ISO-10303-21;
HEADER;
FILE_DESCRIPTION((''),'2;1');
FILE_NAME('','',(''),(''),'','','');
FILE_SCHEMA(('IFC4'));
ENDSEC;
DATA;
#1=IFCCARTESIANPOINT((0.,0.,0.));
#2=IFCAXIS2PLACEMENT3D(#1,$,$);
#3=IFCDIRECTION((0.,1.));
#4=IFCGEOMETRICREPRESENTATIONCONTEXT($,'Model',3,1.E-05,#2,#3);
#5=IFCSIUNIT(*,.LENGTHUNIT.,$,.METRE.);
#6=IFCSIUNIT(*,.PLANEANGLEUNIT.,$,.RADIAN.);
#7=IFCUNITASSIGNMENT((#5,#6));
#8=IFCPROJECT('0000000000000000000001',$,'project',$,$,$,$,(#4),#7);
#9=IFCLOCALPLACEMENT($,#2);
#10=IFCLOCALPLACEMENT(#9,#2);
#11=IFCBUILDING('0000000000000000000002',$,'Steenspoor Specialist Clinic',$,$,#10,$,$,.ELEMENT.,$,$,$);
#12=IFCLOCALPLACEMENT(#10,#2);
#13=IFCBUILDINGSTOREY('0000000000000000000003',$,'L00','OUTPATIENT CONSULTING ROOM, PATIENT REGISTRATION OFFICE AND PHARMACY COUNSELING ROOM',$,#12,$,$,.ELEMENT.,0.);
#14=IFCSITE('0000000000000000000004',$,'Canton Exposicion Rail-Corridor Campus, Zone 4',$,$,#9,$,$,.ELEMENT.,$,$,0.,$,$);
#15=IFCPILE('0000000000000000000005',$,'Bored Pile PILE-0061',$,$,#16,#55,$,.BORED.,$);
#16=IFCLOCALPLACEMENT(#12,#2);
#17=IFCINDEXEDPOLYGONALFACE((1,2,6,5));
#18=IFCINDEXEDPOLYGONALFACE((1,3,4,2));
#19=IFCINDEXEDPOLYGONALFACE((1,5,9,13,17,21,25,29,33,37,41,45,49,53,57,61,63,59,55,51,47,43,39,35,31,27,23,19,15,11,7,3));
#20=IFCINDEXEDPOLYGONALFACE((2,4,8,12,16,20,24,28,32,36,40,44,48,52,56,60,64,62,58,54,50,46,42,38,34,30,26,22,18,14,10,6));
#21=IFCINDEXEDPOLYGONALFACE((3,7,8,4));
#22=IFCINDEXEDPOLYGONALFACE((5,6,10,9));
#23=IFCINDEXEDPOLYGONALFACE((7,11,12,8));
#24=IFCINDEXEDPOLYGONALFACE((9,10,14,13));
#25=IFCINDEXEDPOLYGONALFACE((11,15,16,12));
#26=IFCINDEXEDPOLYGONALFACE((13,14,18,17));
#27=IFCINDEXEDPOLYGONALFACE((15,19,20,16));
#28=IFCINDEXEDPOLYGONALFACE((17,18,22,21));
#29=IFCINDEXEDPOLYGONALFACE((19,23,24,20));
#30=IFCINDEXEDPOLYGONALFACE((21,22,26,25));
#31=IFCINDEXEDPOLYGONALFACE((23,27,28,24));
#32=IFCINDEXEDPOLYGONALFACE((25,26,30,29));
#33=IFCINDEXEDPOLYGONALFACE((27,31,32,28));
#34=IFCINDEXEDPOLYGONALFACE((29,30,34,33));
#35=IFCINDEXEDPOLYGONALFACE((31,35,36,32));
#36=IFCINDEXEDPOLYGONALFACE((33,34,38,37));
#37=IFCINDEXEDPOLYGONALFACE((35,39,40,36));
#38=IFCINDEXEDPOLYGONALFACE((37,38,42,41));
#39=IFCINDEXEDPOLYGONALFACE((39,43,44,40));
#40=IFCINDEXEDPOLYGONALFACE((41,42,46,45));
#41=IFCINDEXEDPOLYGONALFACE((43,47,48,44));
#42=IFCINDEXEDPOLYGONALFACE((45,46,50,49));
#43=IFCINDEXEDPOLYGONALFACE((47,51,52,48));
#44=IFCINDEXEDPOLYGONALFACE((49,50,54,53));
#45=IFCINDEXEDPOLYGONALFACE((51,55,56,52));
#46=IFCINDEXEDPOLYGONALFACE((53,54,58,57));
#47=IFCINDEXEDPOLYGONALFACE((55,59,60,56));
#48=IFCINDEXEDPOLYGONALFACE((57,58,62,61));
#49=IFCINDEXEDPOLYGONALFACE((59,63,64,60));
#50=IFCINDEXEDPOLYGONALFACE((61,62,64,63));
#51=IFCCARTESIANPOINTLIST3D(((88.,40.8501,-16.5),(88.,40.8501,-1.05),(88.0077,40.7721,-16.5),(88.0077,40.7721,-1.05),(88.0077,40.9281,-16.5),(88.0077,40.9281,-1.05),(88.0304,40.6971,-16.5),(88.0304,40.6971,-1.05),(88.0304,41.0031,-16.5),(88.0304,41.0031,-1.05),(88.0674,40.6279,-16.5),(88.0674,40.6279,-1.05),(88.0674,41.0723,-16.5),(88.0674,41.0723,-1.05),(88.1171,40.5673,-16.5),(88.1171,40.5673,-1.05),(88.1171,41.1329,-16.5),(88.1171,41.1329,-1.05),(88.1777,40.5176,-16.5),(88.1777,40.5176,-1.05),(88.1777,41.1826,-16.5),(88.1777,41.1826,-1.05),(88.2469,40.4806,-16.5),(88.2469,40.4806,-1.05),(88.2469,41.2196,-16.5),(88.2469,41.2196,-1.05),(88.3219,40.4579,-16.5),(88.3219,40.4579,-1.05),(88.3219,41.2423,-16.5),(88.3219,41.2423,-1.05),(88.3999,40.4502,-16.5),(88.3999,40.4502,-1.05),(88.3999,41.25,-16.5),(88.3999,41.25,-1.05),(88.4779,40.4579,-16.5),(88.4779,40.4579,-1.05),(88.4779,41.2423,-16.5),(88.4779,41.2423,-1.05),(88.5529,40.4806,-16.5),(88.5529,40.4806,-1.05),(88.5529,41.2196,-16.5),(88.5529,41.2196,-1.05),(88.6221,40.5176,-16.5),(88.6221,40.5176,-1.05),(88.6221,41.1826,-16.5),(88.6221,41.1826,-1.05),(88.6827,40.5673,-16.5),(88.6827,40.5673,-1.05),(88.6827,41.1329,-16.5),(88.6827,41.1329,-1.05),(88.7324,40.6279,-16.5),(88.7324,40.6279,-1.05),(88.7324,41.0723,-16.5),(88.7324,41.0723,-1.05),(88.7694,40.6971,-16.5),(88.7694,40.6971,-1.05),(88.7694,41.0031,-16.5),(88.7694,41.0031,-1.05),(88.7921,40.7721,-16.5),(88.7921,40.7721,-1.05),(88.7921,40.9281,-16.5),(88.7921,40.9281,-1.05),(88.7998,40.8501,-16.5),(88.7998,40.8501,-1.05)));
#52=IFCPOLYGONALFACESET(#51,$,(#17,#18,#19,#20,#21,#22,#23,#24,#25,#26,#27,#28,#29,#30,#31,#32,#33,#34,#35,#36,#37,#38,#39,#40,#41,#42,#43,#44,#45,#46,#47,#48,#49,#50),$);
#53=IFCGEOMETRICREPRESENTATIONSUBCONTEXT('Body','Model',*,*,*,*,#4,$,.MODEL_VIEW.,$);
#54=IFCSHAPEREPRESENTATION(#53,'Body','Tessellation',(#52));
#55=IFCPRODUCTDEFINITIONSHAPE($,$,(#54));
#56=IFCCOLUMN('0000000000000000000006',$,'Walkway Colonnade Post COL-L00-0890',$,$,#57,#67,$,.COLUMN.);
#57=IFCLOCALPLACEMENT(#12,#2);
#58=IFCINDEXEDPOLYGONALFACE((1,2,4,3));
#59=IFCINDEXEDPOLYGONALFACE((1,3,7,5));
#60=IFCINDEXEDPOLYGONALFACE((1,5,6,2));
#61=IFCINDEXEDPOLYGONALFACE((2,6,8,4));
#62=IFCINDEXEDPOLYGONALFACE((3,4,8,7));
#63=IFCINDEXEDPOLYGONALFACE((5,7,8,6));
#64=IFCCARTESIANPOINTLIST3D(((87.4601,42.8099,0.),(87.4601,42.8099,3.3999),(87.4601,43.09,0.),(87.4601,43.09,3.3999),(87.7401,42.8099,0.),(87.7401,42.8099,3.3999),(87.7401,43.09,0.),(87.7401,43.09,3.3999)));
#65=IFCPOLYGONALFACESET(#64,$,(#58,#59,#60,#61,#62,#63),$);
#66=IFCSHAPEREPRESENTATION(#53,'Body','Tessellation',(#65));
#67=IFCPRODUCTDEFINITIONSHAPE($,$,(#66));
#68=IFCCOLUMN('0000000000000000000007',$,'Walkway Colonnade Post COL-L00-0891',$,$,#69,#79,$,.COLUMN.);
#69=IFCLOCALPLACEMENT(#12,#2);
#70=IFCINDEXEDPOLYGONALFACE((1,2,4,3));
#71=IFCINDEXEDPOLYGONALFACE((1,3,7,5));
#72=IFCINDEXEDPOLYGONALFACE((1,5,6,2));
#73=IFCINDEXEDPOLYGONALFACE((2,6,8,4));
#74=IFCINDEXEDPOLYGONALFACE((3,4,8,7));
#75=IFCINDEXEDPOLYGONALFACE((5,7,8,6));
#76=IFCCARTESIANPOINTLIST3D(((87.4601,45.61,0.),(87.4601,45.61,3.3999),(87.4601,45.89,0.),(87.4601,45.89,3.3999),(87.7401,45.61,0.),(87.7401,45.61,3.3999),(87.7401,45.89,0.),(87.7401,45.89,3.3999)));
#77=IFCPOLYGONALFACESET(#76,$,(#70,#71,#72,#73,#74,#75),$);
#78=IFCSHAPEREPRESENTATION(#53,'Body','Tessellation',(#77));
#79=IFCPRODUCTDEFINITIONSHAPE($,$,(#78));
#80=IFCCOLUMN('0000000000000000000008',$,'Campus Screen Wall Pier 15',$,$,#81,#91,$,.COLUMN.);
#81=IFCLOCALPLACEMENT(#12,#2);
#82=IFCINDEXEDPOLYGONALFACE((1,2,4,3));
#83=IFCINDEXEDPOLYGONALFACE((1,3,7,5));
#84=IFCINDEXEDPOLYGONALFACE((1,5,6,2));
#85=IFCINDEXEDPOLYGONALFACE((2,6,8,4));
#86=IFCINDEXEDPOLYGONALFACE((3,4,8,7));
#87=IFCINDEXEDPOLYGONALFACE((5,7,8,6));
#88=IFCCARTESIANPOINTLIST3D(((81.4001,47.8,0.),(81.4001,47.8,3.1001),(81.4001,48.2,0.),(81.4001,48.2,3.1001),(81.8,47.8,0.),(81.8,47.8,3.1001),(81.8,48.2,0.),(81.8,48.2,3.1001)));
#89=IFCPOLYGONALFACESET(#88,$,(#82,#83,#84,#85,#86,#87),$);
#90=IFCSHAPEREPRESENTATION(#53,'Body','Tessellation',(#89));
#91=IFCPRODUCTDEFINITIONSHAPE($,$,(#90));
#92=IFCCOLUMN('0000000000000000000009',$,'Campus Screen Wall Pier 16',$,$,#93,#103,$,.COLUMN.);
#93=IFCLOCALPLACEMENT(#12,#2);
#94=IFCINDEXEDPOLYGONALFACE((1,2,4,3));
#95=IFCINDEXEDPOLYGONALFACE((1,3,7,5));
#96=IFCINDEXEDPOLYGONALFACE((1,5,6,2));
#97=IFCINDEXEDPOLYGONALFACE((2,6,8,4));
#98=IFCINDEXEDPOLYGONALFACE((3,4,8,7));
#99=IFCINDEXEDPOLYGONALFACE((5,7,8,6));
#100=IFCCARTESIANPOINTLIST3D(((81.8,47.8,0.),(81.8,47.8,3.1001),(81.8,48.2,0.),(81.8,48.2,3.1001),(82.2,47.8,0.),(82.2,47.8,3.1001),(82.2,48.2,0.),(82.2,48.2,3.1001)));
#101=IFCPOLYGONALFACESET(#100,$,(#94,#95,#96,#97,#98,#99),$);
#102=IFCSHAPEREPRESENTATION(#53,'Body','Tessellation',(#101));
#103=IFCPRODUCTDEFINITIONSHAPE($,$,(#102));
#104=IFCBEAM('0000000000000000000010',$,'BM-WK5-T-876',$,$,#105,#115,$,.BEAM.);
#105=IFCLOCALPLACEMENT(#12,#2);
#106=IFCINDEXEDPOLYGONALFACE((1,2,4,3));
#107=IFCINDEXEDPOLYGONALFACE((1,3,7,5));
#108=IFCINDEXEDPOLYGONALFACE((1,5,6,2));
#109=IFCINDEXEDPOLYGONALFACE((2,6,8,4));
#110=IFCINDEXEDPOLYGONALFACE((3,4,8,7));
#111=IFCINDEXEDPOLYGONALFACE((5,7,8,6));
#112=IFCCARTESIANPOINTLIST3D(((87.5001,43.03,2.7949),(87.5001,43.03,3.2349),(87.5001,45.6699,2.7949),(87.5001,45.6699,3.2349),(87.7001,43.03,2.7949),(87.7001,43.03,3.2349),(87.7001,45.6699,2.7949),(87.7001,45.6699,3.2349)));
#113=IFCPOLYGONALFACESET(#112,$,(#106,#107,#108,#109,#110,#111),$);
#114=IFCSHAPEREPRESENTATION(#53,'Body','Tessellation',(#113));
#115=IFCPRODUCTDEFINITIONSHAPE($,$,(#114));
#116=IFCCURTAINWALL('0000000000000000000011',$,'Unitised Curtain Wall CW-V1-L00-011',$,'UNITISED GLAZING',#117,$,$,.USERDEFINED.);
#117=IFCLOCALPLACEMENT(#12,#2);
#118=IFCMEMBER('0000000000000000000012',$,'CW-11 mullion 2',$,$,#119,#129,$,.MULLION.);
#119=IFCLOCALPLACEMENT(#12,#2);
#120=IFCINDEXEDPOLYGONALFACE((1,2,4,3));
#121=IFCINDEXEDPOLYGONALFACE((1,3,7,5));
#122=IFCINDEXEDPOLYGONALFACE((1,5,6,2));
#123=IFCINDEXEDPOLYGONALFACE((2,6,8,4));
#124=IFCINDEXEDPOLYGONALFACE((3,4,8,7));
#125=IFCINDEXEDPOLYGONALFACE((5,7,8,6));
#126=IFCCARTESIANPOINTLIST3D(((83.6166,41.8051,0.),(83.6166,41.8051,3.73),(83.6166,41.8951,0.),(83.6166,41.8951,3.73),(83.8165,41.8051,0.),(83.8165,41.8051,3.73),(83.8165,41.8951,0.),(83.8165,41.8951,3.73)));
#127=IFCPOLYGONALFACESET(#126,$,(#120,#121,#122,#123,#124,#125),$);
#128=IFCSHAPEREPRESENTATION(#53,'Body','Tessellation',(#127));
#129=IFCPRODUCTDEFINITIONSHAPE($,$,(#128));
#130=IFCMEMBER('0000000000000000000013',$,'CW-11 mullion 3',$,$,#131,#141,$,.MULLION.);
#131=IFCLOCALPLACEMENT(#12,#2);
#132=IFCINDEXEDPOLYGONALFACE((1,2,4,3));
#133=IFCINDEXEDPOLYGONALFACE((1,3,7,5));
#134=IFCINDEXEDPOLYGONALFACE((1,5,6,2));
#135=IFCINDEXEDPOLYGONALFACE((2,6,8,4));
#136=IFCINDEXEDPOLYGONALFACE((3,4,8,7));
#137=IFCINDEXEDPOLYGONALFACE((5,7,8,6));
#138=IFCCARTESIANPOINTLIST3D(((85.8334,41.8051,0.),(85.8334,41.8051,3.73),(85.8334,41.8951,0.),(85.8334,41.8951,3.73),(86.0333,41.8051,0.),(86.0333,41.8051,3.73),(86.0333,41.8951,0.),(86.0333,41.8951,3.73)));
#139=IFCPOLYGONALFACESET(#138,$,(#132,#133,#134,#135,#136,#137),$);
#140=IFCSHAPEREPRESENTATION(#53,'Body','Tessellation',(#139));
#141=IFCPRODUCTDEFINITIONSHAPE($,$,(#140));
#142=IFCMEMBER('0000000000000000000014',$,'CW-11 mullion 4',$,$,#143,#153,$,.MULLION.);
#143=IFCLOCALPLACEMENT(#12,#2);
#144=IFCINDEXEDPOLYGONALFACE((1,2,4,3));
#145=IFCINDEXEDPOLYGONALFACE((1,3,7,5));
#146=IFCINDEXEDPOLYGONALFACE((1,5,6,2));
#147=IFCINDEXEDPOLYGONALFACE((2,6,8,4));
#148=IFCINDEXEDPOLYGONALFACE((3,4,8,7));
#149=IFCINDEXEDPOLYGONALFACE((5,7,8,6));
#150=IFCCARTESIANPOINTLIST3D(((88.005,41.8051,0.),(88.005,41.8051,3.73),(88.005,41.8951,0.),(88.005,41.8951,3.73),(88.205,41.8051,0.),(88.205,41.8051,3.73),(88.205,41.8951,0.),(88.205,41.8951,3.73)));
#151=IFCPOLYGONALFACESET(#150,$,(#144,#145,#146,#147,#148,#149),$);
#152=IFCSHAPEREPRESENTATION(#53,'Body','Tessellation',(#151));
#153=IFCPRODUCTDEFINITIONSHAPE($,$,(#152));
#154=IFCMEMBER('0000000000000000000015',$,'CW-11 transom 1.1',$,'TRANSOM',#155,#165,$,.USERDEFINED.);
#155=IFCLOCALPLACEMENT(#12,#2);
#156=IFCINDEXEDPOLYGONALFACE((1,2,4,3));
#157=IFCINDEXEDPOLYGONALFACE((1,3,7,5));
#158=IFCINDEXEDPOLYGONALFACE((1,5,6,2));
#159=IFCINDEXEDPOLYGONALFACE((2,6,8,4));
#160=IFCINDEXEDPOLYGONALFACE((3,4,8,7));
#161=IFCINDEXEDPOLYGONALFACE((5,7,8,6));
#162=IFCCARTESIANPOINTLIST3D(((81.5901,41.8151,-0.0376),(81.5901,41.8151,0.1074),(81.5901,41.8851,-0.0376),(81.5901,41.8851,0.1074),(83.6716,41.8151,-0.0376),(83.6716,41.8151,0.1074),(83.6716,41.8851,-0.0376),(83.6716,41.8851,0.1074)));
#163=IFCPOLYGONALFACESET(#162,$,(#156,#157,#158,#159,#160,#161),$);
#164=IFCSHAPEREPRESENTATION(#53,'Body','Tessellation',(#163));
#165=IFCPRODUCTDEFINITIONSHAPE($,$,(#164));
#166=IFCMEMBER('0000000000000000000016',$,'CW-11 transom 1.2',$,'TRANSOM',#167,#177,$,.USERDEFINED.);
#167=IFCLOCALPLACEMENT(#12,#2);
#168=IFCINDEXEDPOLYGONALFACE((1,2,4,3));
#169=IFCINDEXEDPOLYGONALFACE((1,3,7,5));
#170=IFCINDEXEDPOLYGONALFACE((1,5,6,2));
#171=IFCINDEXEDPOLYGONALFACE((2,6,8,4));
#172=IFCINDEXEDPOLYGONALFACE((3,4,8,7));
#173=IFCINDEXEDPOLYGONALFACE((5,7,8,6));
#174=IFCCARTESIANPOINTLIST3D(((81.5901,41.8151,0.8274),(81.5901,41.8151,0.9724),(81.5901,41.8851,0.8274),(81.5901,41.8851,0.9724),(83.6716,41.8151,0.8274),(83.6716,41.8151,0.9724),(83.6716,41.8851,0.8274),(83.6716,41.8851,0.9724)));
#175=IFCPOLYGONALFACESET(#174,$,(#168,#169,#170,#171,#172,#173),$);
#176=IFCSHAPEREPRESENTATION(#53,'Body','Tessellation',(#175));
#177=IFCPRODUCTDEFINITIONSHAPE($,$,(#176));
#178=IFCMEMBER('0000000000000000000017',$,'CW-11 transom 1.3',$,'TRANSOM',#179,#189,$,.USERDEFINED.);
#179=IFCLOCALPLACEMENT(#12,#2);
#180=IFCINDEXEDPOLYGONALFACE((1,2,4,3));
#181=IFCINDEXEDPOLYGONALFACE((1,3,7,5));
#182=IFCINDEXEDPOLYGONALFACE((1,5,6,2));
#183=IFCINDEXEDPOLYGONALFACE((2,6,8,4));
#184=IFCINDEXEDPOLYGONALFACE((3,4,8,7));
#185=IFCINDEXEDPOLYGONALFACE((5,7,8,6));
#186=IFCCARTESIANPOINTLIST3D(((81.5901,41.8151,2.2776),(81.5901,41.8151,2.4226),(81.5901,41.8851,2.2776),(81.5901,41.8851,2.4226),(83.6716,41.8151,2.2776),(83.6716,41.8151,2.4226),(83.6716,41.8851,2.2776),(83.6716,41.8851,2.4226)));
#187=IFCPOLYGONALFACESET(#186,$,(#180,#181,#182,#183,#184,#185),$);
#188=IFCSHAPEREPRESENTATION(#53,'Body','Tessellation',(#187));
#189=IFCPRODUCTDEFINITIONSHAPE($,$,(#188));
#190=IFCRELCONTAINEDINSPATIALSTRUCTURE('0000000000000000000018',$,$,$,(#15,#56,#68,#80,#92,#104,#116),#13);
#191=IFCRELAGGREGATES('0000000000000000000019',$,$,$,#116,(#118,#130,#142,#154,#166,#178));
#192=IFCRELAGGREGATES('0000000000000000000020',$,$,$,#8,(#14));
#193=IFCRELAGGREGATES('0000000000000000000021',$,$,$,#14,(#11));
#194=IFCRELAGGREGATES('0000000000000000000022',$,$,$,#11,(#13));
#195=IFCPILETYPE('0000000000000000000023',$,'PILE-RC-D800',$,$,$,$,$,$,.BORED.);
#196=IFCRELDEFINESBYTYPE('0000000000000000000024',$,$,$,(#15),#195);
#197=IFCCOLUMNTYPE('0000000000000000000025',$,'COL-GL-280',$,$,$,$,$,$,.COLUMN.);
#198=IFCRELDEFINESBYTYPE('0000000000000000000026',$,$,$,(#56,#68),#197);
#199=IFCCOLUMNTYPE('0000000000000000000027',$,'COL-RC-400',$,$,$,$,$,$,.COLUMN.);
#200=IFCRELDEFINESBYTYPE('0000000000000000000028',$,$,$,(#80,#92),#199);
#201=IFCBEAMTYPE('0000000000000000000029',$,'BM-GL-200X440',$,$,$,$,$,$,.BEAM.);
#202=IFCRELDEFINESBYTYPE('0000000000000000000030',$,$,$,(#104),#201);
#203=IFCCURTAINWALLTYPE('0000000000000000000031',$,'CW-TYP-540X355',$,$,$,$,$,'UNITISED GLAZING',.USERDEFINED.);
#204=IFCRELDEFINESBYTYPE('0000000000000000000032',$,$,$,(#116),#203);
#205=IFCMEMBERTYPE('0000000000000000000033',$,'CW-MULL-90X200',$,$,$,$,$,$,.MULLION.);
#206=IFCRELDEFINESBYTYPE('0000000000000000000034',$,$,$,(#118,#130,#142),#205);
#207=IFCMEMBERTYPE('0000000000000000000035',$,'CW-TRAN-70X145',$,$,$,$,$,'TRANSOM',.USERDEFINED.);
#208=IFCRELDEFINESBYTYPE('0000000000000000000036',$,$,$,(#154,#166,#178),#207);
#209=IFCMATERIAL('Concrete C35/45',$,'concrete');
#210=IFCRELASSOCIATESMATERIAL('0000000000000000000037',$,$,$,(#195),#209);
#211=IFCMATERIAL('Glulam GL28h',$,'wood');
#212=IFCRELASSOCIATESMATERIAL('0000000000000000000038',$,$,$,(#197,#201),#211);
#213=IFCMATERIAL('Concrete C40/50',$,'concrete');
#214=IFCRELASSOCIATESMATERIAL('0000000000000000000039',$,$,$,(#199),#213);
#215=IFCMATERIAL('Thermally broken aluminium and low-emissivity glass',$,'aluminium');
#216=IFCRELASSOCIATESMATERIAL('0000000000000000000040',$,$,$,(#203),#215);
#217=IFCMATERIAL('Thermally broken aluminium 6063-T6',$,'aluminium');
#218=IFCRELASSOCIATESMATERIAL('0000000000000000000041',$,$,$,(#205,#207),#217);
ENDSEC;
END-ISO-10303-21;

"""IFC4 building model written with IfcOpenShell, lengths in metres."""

from ifc_helpers import new_model, si_unit, direction, frame, origin, origin_2d, place, context, subcontext, project, spatial, rectangle, circle, extrude, material, material_profile, profile_set, type_object, element, aggregate, save


model = new_model("IFC4")

# Units and contexts
model_context = context("Model", 3, precision=1e-05, world=origin(), true_north=direction((0.0, 1.0)))
body_context = subcontext(model_context, "Body", "Model", "MODEL_VIEW")
ifc_project = project(units=[si_unit("LENGTHUNIT", "METRE"), si_unit("PLANEANGLEUNIT", "RADIAN")], contexts=[model_context])

# Site, building, storey
site_placement = place(None, origin())
site = spatial("IfcSite", under=ifc_project, at=site_placement, Name="Canton Exposicion Rail-Corridor Campus, Zone 4", CompositionType="ELEMENT", RefElevation=0.0)
building_placement = place(site_placement, origin())
building = spatial("IfcBuilding", under=site, at=building_placement, Name="Steenspoor Specialist Clinic", CompositionType="ELEMENT")
storey_placement = place(building_placement, origin())
storey = spatial("IfcBuildingStorey", under=building, at=storey_placement, Name="L00", Description="OUTPATIENT CONSULTING ROOM, PATIENT REGISTRATION OFFICE AND PHARMACY COUNSELING ROOM", CompositionType="ELEMENT", Elevation=0.0)

# Shared definitions
ifc_material_1 = material(Name="Concrete C35/45", Category="concrete")

# Pile
ifc_material_profile_1 = material_profile(ifc_material_1, circle(Radius=0.3999, at=origin_2d()), Name="PILE-D800")
ifc_profile_set_1 = profile_set([ifc_material_profile_1], Name="Concrete C35/45")
pile_type_1 = type_object("IfcPileType", Name="PILE-RC-D800", PredefinedType="BORED", material=ifc_profile_set_1)
pile_1_placement = place(storey_placement, frame((88.3999, 40.8501, -1.05), z_axis=(0.0, 0.0, -1.0), x_axis=(1.0, 0.0, 0.0)))
element("IfcPile", 1, at=pile_1_placement, inside=storey, type_object=pile_type_1, Name="Bored Pile PILE-0061", PredefinedType="BORED", context=body_context, shape_type="SweptSolid", body=[
    extrude(circle(Radius=0.3999, at=origin_2d()), origin(), (0.0, 0.0, 1.0), 15.45),
])

# Columns
ifc_material_2 = material(Name="Glulam GL28h", Category="wood")
ifc_material_profile_2 = material_profile(ifc_material_2, rectangle(XDim=0.28, YDim=0.28, at=origin_2d()), Name="GL28H-280X280")
ifc_profile_set_2 = profile_set([ifc_material_profile_2], Name="Glulam GL28h")
column_type_1 = type_object("IfcColumnType", Name="COL-GL-280", PredefinedType="COLUMN", material=ifc_profile_set_2)
for number, where, z_axis, x_axis, name in (
    (2, (87.6001, 42.95, 0.0), (0.0, 0.0, 1.0), (1.0, 0.0, 0.0), "Walkway Colonnade Post COL-L00-0890"),
    (3, (87.6001, 45.75, 0.0), (0.0, 0.0, 1.0), (1.0, 0.0, 0.0), "Walkway Colonnade Post COL-L00-0891"),
):
    element("IfcColumn", number, at=place(storey_placement, frame(where, z_axis=z_axis, x_axis=x_axis)), inside=storey, type_object=column_type_1, Name=name, PredefinedType="COLUMN", context=body_context, shape_type="SweptSolid", body=[
        extrude(rectangle(XDim=0.28, YDim=0.28, at=origin_2d()), origin(), (0.0, 0.0, 1.0), 3.3999),
    ])
ifc_material_3 = material(Name="Concrete C40/50", Category="concrete")
ifc_material_profile_3 = material_profile(ifc_material_3, rectangle(XDim=0.3999, YDim=0.3999, at=origin_2d()), Name="RC-COL-400X400")
ifc_profile_set_3 = profile_set([ifc_material_profile_3], Name="Concrete C40/50")
column_type_2 = type_object("IfcColumnType", Name="COL-RC-400", PredefinedType="COLUMN", material=ifc_profile_set_3)
for number, where, z_axis, x_axis, name in (
    (4, (81.6001, 48.0, 0.0), (0.0, 0.0, 1.0), (1.0, 0.0, 0.0), "Campus Screen Wall Pier 15"),
    (5, (82.0, 48.0, 0.0), (0.0, 0.0, 1.0), (1.0, 0.0, 0.0), "Campus Screen Wall Pier 16"),
):
    element("IfcColumn", number, at=place(storey_placement, frame(where, z_axis=z_axis, x_axis=x_axis)), inside=storey, type_object=column_type_2, Name=name, PredefinedType="COLUMN", context=body_context, shape_type="SweptSolid", body=[
        extrude(rectangle(XDim=0.3999, YDim=0.3999, at=origin_2d()), origin(), (0.0, 0.0, 1.0), 3.1001),
    ])

# Beam
ifc_material_profile_4 = material_profile(ifc_material_2, rectangle(XDim=0.2, YDim=0.4399, at=origin_2d()), Name="GL28H-200X440")
ifc_profile_set_4 = profile_set([ifc_material_profile_4], Name="Glulam GL28h")
beam_type = type_object("IfcBeamType", Name="BM-GL-200X440", PredefinedType="BEAM", material=ifc_profile_set_4)
beam_placement = place(storey_placement, frame((87.6001, 43.03, 3.0149), z_axis=(0.0, 1.0, 0.0), x_axis=(-1.0, 0.0, 0.0)))
element("IfcBeam", 6, at=beam_placement, inside=storey, type_object=beam_type, Name="BM-WK5-T-876", PredefinedType="BEAM", context=body_context, shape_type="SweptSolid", body=[
    extrude(rectangle(XDim=0.2, YDim=0.4399, at=origin_2d()), origin(), (0.0, 0.0, 1.0), 2.6399),
])

# Curtain wall, members
ifc_material_4 = material(Name="Thermally broken aluminium and low-emissivity glass", Category="aluminium")
curtain_wall_type = type_object("IfcCurtainWallType", Name="CW-TYP-540X355", ElementType="UNITISED GLAZING", PredefinedType="USERDEFINED", material=ifc_material_4)
curtain_wall_placement = place(storey_placement, origin())
curtain_wall = element("IfcCurtainWall", 7, at=curtain_wall_placement, inside=storey, type_object=curtain_wall_type, Name="Unitised Curtain Wall CW-V1-L00-011", ObjectType="UNITISED GLAZING", PredefinedType="USERDEFINED")
ifc_material_5 = material(Name="Thermally broken aluminium 6063-T6", Category="aluminium")
ifc_material_profile_5 = material_profile(ifc_material_5, rectangle(XDim=0.0901, YDim=0.2, at=origin_2d()), Name="CWM-90X200")
ifc_profile_set_5 = profile_set([ifc_material_profile_5], Name="Thermally broken aluminium 6063-T6")
member_type_1 = type_object("IfcMemberType", Name="CW-MULL-90X200", PredefinedType="MULLION", material=ifc_profile_set_5)
member_1_placement = place(storey_placement, frame((83.7166, 41.8501, 0.0), z_axis=(0.0, 0.0, 1.0), x_axis=(0.0, 1.0, 0.0)))
member_1 = element("IfcMember", 8, at=member_1_placement, type_object=member_type_1, Name="CW-11 mullion 2", PredefinedType="MULLION", context=body_context, shape_type="SweptSolid", body=[
    extrude(rectangle(XDim=0.0901, YDim=0.2, at=origin_2d()), origin(), (0.0, 0.0, 1.0), 3.73),
])
member_2_placement = place(storey_placement, frame((85.9333, 41.8501, 0.0), z_axis=(0.0, 0.0, 1.0), x_axis=(0.0, 1.0, 0.0)))
member_2 = element("IfcMember", 9, at=member_2_placement, type_object=member_type_1, Name="CW-11 mullion 3", PredefinedType="MULLION", context=body_context, shape_type="SweptSolid", body=[
    extrude(rectangle(XDim=0.0901, YDim=0.2, at=origin_2d()), origin(), (0.0, 0.0, 1.0), 3.73),
])
member_3_placement = place(storey_placement, frame((88.105, 41.8501, 0.0), z_axis=(0.0, 0.0, 1.0), x_axis=(0.0, 1.0, 0.0)))
member_3 = element("IfcMember", 10, at=member_3_placement, type_object=member_type_1, Name="CW-11 mullion 4", PredefinedType="MULLION", context=body_context, shape_type="SweptSolid", body=[
    extrude(rectangle(XDim=0.0901, YDim=0.2, at=origin_2d()), origin(), (0.0, 0.0, 1.0), 3.73),
])
ifc_material_profile_6 = material_profile(ifc_material_5, rectangle(XDim=0.0701, YDim=0.145, at=origin_2d()), Name="CWT-70X145")
ifc_profile_set_6 = profile_set([ifc_material_profile_6], Name="Thermally broken aluminium 6063-T6")
member_type_2 = type_object("IfcMemberType", Name="CW-TRAN-70X145", ElementType="TRANSOM", PredefinedType="USERDEFINED", material=ifc_profile_set_6)
member_4_placement = place(storey_placement, frame((81.5901, 41.8501, 0.0349), z_axis=(1.0, 0.0, 0.0), x_axis=(0.0, 1.0, 0.0)))
member_4 = element("IfcMember", 11, at=member_4_placement, type_object=member_type_2, Name="CW-11 transom 1.1", ObjectType="TRANSOM", PredefinedType="USERDEFINED", context=body_context, shape_type="SweptSolid", body=[
    extrude(rectangle(XDim=0.0701, YDim=0.145, at=origin_2d()), origin(), (0.0, 0.0, 1.0), 2.0815),
])
member_5_placement = place(storey_placement, frame((81.5901, 41.8501, 0.8999), z_axis=(1.0, 0.0, 0.0), x_axis=(0.0, 1.0, 0.0)))
member_5 = element("IfcMember", 12, at=member_5_placement, type_object=member_type_2, Name="CW-11 transom 1.2", ObjectType="TRANSOM", PredefinedType="USERDEFINED", context=body_context, shape_type="SweptSolid", body=[
    extrude(rectangle(XDim=0.0701, YDim=0.145, at=origin_2d()), origin(), (0.0, 0.0, 1.0), 2.0815),
])
member_6_placement = place(storey_placement, frame((81.5901, 41.8501, 2.3501), z_axis=(1.0, 0.0, 0.0), x_axis=(0.0, 1.0, 0.0)))
member_6 = element("IfcMember", 13, at=member_6_placement, type_object=member_type_2, Name="CW-11 transom 1.3", ObjectType="TRANSOM", PredefinedType="USERDEFINED", context=body_context, shape_type="SweptSolid", body=[
    extrude(rectangle(XDim=0.0701, YDim=0.145, at=origin_2d()), origin(), (0.0, 0.0, 1.0), 2.0815),
])
aggregate(curtain_wall, [member_1, member_2, member_3, member_4, member_5, member_6])

save(model, "model.ifc")
